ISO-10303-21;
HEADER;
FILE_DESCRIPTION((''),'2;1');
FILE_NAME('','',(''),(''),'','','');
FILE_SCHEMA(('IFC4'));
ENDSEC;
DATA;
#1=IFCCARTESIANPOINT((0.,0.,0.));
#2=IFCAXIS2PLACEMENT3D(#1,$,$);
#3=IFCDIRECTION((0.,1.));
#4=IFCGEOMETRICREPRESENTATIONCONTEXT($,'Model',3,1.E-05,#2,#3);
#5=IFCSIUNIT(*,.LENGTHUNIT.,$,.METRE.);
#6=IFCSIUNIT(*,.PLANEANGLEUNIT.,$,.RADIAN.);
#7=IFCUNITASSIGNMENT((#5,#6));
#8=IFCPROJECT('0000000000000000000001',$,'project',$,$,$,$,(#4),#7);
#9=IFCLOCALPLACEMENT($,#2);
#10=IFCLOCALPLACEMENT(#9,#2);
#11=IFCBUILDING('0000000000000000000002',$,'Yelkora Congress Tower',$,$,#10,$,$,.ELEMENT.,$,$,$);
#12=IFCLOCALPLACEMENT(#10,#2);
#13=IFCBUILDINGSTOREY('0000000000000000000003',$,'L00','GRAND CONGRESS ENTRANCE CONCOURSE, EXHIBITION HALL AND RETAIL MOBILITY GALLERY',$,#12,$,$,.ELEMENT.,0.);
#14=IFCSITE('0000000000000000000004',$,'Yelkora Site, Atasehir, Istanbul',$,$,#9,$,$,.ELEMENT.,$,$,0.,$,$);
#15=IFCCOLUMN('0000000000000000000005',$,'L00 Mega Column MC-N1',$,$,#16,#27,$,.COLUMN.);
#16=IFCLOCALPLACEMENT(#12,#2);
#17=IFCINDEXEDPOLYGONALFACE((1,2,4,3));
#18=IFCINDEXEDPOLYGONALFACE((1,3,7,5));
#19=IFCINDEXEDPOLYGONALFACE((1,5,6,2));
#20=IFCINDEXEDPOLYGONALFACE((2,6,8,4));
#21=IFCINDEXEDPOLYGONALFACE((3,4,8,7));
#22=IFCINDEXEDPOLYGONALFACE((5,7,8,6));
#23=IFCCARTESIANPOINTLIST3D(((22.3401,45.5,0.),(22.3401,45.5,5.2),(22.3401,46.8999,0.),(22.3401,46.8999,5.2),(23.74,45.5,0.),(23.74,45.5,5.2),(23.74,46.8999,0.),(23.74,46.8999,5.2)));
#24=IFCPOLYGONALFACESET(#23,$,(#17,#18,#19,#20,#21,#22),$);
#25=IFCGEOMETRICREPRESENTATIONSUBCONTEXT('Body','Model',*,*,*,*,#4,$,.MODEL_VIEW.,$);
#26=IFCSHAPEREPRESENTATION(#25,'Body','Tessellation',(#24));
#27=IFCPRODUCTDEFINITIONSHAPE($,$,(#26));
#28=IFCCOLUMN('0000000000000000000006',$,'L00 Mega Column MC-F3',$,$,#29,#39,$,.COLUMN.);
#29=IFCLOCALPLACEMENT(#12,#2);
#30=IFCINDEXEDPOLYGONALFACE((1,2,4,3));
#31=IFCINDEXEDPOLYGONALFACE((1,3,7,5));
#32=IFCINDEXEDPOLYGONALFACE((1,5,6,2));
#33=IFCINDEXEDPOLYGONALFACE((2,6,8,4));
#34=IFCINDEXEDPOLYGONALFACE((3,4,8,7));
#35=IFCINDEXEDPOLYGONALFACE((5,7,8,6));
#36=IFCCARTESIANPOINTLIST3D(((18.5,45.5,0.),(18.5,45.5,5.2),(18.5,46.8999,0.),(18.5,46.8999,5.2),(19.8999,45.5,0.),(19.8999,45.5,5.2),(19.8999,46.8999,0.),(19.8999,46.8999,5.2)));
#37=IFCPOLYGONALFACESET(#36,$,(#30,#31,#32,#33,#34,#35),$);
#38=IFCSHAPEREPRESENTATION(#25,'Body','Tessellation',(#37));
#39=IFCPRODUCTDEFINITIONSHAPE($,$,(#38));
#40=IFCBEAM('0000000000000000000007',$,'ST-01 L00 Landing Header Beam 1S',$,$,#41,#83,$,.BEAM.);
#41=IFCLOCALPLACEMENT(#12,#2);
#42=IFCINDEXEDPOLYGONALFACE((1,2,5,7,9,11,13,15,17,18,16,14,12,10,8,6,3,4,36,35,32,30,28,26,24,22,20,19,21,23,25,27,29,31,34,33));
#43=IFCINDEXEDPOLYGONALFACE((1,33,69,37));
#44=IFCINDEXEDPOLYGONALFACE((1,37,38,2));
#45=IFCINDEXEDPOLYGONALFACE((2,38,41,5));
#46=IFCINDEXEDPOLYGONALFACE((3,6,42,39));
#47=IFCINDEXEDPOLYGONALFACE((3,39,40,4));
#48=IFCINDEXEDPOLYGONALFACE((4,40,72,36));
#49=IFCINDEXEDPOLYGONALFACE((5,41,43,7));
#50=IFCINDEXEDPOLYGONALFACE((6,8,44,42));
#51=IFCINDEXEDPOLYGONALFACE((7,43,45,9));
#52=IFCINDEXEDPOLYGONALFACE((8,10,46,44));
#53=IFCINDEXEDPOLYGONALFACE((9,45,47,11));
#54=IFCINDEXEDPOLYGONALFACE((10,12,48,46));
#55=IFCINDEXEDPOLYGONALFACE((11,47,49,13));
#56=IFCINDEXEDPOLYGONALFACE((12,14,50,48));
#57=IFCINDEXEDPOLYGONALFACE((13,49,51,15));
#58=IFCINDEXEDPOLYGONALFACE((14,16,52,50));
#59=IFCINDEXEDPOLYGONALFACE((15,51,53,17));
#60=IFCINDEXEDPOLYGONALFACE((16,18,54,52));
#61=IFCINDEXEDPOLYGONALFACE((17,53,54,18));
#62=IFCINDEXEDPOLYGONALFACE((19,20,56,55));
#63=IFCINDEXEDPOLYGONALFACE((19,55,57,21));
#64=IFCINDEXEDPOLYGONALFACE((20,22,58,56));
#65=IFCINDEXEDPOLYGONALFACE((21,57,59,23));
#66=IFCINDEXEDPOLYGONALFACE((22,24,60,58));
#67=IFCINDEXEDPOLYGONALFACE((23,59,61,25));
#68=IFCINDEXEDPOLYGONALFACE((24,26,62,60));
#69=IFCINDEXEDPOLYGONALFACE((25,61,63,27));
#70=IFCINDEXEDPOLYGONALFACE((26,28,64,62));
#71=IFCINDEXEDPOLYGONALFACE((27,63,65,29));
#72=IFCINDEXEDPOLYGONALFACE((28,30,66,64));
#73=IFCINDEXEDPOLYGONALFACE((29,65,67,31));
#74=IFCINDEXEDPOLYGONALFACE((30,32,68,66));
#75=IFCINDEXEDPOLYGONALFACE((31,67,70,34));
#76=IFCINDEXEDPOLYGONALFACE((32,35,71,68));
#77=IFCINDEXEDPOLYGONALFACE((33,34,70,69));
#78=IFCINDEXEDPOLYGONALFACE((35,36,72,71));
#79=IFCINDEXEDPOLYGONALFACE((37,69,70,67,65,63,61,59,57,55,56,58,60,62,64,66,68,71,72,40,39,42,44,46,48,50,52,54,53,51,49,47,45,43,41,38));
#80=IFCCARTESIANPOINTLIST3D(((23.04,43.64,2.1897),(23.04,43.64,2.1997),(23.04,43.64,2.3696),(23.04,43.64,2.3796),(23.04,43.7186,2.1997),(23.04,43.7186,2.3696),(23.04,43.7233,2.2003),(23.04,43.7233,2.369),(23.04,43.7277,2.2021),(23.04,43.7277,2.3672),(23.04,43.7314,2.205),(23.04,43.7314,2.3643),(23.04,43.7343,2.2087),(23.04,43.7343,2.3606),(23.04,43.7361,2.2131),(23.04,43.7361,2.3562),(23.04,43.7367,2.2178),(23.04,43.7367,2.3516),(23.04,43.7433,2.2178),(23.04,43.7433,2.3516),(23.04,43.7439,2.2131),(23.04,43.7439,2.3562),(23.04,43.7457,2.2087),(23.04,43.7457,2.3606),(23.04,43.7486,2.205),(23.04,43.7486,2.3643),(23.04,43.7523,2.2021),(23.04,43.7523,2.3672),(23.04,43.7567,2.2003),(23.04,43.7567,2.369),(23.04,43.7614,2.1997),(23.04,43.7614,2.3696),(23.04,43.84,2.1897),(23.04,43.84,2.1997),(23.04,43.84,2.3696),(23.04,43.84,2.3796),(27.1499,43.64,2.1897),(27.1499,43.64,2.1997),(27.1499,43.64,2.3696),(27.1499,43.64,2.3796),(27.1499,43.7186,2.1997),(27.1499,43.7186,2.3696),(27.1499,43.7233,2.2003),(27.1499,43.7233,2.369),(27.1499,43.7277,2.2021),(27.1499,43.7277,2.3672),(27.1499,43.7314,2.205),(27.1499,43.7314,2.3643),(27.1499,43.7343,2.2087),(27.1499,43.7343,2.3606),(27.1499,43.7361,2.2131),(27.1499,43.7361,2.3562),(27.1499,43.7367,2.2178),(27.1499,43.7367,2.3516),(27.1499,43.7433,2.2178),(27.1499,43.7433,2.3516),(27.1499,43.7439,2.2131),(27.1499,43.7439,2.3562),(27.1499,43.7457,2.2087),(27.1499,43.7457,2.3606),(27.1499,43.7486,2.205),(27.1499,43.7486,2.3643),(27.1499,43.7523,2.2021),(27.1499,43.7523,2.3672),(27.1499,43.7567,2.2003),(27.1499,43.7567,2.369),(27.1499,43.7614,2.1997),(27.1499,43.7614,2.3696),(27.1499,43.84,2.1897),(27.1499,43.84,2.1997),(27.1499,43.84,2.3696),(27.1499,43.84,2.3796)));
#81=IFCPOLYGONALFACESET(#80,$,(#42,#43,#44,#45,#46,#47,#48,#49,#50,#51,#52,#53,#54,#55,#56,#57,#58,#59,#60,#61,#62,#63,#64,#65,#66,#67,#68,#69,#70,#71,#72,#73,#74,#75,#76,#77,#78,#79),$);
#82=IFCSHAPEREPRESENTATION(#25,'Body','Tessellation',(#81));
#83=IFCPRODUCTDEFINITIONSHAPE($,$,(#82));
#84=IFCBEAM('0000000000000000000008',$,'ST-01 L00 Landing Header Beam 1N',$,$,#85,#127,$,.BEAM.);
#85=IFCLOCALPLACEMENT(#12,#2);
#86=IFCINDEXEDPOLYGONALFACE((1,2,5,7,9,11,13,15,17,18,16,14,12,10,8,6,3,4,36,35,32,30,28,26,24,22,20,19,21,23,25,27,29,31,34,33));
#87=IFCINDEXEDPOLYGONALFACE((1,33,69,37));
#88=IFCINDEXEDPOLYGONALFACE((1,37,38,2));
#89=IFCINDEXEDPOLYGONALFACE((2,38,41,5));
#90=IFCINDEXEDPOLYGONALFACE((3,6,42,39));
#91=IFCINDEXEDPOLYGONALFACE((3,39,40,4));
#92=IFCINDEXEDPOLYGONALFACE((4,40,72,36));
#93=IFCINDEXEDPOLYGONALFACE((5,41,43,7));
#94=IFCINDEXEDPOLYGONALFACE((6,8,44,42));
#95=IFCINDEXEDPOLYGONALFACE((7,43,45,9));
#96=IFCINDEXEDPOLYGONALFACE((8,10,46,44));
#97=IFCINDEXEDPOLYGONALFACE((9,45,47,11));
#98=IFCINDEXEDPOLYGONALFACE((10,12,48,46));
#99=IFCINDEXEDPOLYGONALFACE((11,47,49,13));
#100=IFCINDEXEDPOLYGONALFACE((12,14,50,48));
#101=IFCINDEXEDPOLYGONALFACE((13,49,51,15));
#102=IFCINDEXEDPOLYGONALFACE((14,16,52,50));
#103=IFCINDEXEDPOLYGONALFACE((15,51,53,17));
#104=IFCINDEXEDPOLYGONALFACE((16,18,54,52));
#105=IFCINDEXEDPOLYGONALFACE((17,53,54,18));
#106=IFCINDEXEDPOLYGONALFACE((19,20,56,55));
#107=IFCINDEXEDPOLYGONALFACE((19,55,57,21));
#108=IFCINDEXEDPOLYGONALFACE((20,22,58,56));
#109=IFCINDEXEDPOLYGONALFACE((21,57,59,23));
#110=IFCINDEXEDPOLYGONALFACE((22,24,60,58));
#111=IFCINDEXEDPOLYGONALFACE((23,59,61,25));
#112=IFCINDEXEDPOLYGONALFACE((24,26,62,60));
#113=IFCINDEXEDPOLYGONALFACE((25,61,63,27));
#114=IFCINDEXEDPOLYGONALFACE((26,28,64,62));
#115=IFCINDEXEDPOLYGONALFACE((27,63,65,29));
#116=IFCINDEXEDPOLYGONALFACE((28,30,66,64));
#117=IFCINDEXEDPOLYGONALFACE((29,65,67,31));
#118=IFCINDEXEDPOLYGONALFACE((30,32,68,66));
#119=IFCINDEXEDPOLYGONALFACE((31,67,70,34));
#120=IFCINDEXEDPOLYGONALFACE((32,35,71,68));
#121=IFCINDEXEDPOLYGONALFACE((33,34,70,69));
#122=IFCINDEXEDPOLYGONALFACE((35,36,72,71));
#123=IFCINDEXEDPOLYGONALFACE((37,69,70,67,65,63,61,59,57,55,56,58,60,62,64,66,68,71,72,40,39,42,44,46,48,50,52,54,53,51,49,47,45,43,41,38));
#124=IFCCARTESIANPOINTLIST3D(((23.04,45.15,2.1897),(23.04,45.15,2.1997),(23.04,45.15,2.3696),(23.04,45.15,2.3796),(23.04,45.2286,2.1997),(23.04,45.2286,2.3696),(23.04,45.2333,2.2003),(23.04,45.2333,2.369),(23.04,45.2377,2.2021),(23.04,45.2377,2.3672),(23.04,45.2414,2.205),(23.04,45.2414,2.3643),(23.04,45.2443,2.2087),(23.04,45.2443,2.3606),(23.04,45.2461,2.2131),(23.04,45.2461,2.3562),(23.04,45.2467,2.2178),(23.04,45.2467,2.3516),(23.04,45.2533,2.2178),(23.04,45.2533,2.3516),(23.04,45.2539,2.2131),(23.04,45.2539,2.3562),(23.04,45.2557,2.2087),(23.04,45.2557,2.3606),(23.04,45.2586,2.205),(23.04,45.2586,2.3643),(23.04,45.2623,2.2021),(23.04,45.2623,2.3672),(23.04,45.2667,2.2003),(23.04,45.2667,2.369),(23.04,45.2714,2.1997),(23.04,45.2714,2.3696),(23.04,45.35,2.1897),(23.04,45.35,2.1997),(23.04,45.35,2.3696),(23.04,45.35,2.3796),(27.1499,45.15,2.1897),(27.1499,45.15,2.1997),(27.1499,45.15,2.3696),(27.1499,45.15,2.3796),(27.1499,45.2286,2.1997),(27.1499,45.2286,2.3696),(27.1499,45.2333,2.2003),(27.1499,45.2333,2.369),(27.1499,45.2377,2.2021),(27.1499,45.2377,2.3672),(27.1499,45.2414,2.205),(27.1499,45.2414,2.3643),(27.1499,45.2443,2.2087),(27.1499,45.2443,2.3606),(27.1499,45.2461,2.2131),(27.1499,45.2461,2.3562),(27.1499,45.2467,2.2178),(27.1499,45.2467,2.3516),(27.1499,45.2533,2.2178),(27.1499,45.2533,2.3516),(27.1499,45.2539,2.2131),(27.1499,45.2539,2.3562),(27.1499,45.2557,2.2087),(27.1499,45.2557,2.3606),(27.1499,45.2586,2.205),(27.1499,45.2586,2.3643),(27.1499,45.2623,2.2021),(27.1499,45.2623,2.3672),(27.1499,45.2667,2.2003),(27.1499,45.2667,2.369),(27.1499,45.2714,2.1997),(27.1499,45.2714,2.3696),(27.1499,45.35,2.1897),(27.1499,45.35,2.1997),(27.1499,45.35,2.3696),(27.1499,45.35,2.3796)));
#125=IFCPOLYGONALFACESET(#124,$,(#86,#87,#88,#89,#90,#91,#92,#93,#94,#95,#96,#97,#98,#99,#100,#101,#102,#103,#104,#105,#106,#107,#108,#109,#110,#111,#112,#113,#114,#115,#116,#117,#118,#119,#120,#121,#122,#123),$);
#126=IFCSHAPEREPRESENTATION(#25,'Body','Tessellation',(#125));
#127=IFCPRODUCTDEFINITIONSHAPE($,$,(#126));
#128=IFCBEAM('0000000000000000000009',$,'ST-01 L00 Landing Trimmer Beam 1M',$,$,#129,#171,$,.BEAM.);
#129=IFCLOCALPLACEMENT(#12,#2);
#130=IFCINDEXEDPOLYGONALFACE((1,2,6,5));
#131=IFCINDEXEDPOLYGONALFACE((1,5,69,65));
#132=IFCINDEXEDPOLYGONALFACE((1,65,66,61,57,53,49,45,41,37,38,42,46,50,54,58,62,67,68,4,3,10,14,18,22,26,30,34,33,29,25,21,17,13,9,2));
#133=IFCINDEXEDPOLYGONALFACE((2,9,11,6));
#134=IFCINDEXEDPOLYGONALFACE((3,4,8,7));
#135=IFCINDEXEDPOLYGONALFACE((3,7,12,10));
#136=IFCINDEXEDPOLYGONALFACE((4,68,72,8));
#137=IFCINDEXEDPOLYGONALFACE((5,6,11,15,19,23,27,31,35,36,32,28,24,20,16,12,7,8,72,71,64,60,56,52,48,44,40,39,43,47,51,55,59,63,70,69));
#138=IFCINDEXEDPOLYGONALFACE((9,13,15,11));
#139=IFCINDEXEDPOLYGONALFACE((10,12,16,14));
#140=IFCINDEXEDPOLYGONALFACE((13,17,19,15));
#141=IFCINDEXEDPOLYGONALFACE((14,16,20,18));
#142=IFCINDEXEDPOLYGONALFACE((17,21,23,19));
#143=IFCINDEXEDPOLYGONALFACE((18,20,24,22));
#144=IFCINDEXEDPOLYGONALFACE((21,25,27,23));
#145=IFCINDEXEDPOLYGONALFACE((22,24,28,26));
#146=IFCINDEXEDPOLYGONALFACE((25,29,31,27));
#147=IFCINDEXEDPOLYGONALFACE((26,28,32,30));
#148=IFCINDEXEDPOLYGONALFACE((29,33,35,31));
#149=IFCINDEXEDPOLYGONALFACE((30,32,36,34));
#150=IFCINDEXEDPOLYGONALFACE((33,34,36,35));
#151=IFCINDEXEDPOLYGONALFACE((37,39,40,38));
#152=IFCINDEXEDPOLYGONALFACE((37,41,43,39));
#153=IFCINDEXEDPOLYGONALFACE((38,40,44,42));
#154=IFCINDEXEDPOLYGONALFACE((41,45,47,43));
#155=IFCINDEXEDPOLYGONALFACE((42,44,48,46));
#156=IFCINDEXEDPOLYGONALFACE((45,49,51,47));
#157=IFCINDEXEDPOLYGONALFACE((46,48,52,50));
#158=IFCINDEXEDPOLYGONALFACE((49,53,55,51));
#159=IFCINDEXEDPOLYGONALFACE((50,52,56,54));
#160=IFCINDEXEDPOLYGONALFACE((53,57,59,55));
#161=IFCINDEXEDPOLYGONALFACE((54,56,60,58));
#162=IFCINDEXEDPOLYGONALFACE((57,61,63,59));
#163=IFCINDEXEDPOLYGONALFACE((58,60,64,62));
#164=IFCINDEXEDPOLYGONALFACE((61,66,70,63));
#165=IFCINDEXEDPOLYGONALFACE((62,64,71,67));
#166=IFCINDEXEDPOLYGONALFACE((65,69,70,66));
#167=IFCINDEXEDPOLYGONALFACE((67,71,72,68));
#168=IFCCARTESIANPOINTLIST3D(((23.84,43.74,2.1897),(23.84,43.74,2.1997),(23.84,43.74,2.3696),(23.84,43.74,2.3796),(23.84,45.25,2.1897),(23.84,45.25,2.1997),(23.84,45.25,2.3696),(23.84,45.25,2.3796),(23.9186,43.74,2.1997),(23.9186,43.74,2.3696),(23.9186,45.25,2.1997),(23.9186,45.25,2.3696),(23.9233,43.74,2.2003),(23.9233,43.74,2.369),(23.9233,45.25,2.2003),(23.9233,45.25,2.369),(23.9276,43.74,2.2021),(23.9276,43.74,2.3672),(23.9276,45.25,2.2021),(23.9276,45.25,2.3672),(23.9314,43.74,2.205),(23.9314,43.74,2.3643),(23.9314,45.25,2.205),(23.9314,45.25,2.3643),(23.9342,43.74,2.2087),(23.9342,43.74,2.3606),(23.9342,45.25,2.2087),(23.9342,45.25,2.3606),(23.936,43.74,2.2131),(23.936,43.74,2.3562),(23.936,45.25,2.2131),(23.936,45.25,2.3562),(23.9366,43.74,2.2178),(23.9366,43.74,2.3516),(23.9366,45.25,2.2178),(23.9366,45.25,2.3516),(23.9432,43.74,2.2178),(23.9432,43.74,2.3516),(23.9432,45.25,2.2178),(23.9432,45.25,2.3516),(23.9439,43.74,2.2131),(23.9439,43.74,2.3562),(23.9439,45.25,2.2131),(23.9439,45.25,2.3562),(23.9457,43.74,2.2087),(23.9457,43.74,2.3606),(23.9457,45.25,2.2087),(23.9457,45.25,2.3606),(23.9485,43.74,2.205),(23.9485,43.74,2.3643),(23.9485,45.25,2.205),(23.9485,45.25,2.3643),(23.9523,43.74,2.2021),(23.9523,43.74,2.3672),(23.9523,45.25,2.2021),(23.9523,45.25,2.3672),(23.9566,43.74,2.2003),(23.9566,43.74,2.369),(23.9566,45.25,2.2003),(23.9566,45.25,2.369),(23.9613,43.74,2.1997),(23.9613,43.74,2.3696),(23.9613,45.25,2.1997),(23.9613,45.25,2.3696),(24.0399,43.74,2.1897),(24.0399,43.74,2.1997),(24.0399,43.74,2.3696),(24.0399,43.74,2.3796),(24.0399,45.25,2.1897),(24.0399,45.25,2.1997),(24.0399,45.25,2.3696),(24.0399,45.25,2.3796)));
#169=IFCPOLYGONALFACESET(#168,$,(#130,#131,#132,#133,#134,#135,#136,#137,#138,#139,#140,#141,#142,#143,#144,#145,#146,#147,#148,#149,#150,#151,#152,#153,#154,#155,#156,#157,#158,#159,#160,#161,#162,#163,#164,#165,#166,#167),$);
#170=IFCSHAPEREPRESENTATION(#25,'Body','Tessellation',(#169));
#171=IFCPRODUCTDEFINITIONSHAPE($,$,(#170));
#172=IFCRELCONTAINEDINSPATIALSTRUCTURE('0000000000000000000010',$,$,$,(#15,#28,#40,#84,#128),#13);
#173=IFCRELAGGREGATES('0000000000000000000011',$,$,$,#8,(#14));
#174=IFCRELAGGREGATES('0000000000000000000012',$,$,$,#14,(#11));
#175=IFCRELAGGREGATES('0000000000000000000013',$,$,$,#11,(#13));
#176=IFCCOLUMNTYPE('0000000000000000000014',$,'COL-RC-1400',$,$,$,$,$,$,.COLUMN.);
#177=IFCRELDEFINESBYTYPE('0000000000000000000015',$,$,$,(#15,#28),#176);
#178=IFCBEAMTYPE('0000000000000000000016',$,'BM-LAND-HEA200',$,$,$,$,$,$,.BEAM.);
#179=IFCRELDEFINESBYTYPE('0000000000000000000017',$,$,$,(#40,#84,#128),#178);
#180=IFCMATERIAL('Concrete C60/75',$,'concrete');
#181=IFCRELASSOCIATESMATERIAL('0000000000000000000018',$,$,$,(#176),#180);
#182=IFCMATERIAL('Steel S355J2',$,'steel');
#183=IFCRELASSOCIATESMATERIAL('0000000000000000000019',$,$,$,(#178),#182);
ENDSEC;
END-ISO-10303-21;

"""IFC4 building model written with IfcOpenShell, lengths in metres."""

from ifc_helpers import new_model, si_unit, direction, frame, origin, origin_2d, place, context, subcontext, project, spatial, rectangle, i_section, extrude, material, material_profile, profile_set, type_object, element, save


model = new_model("IFC4")

# Units and contexts
model_context = context("Model", 3, precision=1e-05, world=origin(), true_north=direction((0.0, 1.0)))
body_context = subcontext(model_context, "Body", "Model", "MODEL_VIEW")
ifc_project = project(units=[si_unit("LENGTHUNIT", "METRE"), si_unit("PLANEANGLEUNIT", "RADIAN")], contexts=[model_context])

# Site, building, storey
site_placement = place(None, origin())
site = spatial("IfcSite", under=ifc_project, at=site_placement, Name="Yelkora Site, Atasehir, Istanbul", CompositionType="ELEMENT", RefElevation=0.0)
building_placement = place(site_placement, origin())
building = spatial("IfcBuilding", under=site, at=building_placement, Name="Yelkora Congress Tower", CompositionType="ELEMENT")
storey_placement = place(building_placement, origin())
storey = spatial("IfcBuildingStorey", under=building, at=storey_placement, Name="L00", Description="GRAND CONGRESS ENTRANCE CONCOURSE, EXHIBITION HALL AND RETAIL MOBILITY GALLERY", CompositionType="ELEMENT", Elevation=0.0)

# Columns
ifc_material_1 = material(Name="Concrete C60/75", Category="concrete")
ifc_material_profile_1 = material_profile(ifc_material_1, rectangle(XDim=1.3999, YDim=1.3999, at=origin_2d()), Name="RC 1400x1400")
ifc_profile_set_1 = profile_set([ifc_material_profile_1], Name="Concrete C60/75")
column_type = type_object("IfcColumnType", Name="COL-RC-1400", PredefinedType="COLUMN", material=ifc_profile_set_1)
for number, where, z_axis, x_axis, name in (
    (1, (23.04, 46.2, 0.0), (0.0, 0.0, 1.0), (1.0, 0.0, 0.0), "L00 Mega Column MC-N1"),
    (2, (19.2, 46.2, 0.0), (0.0, 0.0, 1.0), (1.0, 0.0, 0.0), "L00 Mega Column MC-F3"),
):
    element("IfcColumn", number, at=place(storey_placement, frame(where, z_axis=z_axis, x_axis=x_axis)), inside=storey, type_object=column_type, Name=name, PredefinedType="COLUMN", context=body_context, shape_type="SweptSolid", body=[
        extrude(rectangle(XDim=1.3999, YDim=1.3999, at=origin_2d()), origin(), (0.0, 0.0, 1.0), 5.2),
    ])

# Beams
ifc_material_2 = material(Name="Steel S355J2", Category="steel")
ifc_material_profile_2 = material_profile(ifc_material_2, i_section(OverallWidth=0.2, OverallDepth=0.1899, WebThickness=0.0066, FlangeThickness=0.01, FilletRadius=0.0181, at=origin_2d()), Name="HEA 200")
ifc_profile_set_2 = profile_set([ifc_material_profile_2], Name="Steel S355J2")
beam_type = type_object("IfcBeamType", Name="BM-LAND-HEA200", PredefinedType="BEAM", material=ifc_profile_set_2)
for number, where, z_axis, x_axis, name in (
    (3, (23.04, 43.74, 2.2847), (1.0, 0.0, 0.0), (0.0, 1.0, 0.0), "ST-01 L00 Landing Header Beam 1S"),
    (4, (23.04, 45.25, 2.2847), (1.0, 0.0, 0.0), (0.0, 1.0, 0.0), "ST-01 L00 Landing Header Beam 1N"),
):
    element("IfcBeam", number, at=place(storey_placement, frame(where, z_axis=z_axis, x_axis=x_axis)), inside=storey, type_object=beam_type, Name=name, PredefinedType="BEAM", context=body_context, shape_type="SweptSolid", body=[
        extrude(i_section(OverallWidth=0.2, OverallDepth=0.1899, WebThickness=0.0066, FlangeThickness=0.01, FilletRadius=0.0181, at=origin_2d()), origin(), (0.0, 0.0, 1.0), 4.1099),
    ])
beam_1_placement = place(storey_placement, frame((23.9399, 43.74, 2.2847), z_axis=(0.0, 1.0, 0.0), x_axis=(-1.0, 0.0, 0.0)))
element("IfcBeam", 5, at=beam_1_placement, inside=storey, type_object=beam_type, Name="ST-01 L00 Landing Trimmer Beam 1M", PredefinedType="BEAM", context=body_context, shape_type="SweptSolid", body=[
    extrude(i_section(OverallWidth=0.2, OverallDepth=0.1899, WebThickness=0.0066, FlangeThickness=0.01, FilletRadius=0.0181, at=origin_2d()), origin(), (0.0, 0.0, 1.0), 1.51),
])

save(model, "model.ifc")
